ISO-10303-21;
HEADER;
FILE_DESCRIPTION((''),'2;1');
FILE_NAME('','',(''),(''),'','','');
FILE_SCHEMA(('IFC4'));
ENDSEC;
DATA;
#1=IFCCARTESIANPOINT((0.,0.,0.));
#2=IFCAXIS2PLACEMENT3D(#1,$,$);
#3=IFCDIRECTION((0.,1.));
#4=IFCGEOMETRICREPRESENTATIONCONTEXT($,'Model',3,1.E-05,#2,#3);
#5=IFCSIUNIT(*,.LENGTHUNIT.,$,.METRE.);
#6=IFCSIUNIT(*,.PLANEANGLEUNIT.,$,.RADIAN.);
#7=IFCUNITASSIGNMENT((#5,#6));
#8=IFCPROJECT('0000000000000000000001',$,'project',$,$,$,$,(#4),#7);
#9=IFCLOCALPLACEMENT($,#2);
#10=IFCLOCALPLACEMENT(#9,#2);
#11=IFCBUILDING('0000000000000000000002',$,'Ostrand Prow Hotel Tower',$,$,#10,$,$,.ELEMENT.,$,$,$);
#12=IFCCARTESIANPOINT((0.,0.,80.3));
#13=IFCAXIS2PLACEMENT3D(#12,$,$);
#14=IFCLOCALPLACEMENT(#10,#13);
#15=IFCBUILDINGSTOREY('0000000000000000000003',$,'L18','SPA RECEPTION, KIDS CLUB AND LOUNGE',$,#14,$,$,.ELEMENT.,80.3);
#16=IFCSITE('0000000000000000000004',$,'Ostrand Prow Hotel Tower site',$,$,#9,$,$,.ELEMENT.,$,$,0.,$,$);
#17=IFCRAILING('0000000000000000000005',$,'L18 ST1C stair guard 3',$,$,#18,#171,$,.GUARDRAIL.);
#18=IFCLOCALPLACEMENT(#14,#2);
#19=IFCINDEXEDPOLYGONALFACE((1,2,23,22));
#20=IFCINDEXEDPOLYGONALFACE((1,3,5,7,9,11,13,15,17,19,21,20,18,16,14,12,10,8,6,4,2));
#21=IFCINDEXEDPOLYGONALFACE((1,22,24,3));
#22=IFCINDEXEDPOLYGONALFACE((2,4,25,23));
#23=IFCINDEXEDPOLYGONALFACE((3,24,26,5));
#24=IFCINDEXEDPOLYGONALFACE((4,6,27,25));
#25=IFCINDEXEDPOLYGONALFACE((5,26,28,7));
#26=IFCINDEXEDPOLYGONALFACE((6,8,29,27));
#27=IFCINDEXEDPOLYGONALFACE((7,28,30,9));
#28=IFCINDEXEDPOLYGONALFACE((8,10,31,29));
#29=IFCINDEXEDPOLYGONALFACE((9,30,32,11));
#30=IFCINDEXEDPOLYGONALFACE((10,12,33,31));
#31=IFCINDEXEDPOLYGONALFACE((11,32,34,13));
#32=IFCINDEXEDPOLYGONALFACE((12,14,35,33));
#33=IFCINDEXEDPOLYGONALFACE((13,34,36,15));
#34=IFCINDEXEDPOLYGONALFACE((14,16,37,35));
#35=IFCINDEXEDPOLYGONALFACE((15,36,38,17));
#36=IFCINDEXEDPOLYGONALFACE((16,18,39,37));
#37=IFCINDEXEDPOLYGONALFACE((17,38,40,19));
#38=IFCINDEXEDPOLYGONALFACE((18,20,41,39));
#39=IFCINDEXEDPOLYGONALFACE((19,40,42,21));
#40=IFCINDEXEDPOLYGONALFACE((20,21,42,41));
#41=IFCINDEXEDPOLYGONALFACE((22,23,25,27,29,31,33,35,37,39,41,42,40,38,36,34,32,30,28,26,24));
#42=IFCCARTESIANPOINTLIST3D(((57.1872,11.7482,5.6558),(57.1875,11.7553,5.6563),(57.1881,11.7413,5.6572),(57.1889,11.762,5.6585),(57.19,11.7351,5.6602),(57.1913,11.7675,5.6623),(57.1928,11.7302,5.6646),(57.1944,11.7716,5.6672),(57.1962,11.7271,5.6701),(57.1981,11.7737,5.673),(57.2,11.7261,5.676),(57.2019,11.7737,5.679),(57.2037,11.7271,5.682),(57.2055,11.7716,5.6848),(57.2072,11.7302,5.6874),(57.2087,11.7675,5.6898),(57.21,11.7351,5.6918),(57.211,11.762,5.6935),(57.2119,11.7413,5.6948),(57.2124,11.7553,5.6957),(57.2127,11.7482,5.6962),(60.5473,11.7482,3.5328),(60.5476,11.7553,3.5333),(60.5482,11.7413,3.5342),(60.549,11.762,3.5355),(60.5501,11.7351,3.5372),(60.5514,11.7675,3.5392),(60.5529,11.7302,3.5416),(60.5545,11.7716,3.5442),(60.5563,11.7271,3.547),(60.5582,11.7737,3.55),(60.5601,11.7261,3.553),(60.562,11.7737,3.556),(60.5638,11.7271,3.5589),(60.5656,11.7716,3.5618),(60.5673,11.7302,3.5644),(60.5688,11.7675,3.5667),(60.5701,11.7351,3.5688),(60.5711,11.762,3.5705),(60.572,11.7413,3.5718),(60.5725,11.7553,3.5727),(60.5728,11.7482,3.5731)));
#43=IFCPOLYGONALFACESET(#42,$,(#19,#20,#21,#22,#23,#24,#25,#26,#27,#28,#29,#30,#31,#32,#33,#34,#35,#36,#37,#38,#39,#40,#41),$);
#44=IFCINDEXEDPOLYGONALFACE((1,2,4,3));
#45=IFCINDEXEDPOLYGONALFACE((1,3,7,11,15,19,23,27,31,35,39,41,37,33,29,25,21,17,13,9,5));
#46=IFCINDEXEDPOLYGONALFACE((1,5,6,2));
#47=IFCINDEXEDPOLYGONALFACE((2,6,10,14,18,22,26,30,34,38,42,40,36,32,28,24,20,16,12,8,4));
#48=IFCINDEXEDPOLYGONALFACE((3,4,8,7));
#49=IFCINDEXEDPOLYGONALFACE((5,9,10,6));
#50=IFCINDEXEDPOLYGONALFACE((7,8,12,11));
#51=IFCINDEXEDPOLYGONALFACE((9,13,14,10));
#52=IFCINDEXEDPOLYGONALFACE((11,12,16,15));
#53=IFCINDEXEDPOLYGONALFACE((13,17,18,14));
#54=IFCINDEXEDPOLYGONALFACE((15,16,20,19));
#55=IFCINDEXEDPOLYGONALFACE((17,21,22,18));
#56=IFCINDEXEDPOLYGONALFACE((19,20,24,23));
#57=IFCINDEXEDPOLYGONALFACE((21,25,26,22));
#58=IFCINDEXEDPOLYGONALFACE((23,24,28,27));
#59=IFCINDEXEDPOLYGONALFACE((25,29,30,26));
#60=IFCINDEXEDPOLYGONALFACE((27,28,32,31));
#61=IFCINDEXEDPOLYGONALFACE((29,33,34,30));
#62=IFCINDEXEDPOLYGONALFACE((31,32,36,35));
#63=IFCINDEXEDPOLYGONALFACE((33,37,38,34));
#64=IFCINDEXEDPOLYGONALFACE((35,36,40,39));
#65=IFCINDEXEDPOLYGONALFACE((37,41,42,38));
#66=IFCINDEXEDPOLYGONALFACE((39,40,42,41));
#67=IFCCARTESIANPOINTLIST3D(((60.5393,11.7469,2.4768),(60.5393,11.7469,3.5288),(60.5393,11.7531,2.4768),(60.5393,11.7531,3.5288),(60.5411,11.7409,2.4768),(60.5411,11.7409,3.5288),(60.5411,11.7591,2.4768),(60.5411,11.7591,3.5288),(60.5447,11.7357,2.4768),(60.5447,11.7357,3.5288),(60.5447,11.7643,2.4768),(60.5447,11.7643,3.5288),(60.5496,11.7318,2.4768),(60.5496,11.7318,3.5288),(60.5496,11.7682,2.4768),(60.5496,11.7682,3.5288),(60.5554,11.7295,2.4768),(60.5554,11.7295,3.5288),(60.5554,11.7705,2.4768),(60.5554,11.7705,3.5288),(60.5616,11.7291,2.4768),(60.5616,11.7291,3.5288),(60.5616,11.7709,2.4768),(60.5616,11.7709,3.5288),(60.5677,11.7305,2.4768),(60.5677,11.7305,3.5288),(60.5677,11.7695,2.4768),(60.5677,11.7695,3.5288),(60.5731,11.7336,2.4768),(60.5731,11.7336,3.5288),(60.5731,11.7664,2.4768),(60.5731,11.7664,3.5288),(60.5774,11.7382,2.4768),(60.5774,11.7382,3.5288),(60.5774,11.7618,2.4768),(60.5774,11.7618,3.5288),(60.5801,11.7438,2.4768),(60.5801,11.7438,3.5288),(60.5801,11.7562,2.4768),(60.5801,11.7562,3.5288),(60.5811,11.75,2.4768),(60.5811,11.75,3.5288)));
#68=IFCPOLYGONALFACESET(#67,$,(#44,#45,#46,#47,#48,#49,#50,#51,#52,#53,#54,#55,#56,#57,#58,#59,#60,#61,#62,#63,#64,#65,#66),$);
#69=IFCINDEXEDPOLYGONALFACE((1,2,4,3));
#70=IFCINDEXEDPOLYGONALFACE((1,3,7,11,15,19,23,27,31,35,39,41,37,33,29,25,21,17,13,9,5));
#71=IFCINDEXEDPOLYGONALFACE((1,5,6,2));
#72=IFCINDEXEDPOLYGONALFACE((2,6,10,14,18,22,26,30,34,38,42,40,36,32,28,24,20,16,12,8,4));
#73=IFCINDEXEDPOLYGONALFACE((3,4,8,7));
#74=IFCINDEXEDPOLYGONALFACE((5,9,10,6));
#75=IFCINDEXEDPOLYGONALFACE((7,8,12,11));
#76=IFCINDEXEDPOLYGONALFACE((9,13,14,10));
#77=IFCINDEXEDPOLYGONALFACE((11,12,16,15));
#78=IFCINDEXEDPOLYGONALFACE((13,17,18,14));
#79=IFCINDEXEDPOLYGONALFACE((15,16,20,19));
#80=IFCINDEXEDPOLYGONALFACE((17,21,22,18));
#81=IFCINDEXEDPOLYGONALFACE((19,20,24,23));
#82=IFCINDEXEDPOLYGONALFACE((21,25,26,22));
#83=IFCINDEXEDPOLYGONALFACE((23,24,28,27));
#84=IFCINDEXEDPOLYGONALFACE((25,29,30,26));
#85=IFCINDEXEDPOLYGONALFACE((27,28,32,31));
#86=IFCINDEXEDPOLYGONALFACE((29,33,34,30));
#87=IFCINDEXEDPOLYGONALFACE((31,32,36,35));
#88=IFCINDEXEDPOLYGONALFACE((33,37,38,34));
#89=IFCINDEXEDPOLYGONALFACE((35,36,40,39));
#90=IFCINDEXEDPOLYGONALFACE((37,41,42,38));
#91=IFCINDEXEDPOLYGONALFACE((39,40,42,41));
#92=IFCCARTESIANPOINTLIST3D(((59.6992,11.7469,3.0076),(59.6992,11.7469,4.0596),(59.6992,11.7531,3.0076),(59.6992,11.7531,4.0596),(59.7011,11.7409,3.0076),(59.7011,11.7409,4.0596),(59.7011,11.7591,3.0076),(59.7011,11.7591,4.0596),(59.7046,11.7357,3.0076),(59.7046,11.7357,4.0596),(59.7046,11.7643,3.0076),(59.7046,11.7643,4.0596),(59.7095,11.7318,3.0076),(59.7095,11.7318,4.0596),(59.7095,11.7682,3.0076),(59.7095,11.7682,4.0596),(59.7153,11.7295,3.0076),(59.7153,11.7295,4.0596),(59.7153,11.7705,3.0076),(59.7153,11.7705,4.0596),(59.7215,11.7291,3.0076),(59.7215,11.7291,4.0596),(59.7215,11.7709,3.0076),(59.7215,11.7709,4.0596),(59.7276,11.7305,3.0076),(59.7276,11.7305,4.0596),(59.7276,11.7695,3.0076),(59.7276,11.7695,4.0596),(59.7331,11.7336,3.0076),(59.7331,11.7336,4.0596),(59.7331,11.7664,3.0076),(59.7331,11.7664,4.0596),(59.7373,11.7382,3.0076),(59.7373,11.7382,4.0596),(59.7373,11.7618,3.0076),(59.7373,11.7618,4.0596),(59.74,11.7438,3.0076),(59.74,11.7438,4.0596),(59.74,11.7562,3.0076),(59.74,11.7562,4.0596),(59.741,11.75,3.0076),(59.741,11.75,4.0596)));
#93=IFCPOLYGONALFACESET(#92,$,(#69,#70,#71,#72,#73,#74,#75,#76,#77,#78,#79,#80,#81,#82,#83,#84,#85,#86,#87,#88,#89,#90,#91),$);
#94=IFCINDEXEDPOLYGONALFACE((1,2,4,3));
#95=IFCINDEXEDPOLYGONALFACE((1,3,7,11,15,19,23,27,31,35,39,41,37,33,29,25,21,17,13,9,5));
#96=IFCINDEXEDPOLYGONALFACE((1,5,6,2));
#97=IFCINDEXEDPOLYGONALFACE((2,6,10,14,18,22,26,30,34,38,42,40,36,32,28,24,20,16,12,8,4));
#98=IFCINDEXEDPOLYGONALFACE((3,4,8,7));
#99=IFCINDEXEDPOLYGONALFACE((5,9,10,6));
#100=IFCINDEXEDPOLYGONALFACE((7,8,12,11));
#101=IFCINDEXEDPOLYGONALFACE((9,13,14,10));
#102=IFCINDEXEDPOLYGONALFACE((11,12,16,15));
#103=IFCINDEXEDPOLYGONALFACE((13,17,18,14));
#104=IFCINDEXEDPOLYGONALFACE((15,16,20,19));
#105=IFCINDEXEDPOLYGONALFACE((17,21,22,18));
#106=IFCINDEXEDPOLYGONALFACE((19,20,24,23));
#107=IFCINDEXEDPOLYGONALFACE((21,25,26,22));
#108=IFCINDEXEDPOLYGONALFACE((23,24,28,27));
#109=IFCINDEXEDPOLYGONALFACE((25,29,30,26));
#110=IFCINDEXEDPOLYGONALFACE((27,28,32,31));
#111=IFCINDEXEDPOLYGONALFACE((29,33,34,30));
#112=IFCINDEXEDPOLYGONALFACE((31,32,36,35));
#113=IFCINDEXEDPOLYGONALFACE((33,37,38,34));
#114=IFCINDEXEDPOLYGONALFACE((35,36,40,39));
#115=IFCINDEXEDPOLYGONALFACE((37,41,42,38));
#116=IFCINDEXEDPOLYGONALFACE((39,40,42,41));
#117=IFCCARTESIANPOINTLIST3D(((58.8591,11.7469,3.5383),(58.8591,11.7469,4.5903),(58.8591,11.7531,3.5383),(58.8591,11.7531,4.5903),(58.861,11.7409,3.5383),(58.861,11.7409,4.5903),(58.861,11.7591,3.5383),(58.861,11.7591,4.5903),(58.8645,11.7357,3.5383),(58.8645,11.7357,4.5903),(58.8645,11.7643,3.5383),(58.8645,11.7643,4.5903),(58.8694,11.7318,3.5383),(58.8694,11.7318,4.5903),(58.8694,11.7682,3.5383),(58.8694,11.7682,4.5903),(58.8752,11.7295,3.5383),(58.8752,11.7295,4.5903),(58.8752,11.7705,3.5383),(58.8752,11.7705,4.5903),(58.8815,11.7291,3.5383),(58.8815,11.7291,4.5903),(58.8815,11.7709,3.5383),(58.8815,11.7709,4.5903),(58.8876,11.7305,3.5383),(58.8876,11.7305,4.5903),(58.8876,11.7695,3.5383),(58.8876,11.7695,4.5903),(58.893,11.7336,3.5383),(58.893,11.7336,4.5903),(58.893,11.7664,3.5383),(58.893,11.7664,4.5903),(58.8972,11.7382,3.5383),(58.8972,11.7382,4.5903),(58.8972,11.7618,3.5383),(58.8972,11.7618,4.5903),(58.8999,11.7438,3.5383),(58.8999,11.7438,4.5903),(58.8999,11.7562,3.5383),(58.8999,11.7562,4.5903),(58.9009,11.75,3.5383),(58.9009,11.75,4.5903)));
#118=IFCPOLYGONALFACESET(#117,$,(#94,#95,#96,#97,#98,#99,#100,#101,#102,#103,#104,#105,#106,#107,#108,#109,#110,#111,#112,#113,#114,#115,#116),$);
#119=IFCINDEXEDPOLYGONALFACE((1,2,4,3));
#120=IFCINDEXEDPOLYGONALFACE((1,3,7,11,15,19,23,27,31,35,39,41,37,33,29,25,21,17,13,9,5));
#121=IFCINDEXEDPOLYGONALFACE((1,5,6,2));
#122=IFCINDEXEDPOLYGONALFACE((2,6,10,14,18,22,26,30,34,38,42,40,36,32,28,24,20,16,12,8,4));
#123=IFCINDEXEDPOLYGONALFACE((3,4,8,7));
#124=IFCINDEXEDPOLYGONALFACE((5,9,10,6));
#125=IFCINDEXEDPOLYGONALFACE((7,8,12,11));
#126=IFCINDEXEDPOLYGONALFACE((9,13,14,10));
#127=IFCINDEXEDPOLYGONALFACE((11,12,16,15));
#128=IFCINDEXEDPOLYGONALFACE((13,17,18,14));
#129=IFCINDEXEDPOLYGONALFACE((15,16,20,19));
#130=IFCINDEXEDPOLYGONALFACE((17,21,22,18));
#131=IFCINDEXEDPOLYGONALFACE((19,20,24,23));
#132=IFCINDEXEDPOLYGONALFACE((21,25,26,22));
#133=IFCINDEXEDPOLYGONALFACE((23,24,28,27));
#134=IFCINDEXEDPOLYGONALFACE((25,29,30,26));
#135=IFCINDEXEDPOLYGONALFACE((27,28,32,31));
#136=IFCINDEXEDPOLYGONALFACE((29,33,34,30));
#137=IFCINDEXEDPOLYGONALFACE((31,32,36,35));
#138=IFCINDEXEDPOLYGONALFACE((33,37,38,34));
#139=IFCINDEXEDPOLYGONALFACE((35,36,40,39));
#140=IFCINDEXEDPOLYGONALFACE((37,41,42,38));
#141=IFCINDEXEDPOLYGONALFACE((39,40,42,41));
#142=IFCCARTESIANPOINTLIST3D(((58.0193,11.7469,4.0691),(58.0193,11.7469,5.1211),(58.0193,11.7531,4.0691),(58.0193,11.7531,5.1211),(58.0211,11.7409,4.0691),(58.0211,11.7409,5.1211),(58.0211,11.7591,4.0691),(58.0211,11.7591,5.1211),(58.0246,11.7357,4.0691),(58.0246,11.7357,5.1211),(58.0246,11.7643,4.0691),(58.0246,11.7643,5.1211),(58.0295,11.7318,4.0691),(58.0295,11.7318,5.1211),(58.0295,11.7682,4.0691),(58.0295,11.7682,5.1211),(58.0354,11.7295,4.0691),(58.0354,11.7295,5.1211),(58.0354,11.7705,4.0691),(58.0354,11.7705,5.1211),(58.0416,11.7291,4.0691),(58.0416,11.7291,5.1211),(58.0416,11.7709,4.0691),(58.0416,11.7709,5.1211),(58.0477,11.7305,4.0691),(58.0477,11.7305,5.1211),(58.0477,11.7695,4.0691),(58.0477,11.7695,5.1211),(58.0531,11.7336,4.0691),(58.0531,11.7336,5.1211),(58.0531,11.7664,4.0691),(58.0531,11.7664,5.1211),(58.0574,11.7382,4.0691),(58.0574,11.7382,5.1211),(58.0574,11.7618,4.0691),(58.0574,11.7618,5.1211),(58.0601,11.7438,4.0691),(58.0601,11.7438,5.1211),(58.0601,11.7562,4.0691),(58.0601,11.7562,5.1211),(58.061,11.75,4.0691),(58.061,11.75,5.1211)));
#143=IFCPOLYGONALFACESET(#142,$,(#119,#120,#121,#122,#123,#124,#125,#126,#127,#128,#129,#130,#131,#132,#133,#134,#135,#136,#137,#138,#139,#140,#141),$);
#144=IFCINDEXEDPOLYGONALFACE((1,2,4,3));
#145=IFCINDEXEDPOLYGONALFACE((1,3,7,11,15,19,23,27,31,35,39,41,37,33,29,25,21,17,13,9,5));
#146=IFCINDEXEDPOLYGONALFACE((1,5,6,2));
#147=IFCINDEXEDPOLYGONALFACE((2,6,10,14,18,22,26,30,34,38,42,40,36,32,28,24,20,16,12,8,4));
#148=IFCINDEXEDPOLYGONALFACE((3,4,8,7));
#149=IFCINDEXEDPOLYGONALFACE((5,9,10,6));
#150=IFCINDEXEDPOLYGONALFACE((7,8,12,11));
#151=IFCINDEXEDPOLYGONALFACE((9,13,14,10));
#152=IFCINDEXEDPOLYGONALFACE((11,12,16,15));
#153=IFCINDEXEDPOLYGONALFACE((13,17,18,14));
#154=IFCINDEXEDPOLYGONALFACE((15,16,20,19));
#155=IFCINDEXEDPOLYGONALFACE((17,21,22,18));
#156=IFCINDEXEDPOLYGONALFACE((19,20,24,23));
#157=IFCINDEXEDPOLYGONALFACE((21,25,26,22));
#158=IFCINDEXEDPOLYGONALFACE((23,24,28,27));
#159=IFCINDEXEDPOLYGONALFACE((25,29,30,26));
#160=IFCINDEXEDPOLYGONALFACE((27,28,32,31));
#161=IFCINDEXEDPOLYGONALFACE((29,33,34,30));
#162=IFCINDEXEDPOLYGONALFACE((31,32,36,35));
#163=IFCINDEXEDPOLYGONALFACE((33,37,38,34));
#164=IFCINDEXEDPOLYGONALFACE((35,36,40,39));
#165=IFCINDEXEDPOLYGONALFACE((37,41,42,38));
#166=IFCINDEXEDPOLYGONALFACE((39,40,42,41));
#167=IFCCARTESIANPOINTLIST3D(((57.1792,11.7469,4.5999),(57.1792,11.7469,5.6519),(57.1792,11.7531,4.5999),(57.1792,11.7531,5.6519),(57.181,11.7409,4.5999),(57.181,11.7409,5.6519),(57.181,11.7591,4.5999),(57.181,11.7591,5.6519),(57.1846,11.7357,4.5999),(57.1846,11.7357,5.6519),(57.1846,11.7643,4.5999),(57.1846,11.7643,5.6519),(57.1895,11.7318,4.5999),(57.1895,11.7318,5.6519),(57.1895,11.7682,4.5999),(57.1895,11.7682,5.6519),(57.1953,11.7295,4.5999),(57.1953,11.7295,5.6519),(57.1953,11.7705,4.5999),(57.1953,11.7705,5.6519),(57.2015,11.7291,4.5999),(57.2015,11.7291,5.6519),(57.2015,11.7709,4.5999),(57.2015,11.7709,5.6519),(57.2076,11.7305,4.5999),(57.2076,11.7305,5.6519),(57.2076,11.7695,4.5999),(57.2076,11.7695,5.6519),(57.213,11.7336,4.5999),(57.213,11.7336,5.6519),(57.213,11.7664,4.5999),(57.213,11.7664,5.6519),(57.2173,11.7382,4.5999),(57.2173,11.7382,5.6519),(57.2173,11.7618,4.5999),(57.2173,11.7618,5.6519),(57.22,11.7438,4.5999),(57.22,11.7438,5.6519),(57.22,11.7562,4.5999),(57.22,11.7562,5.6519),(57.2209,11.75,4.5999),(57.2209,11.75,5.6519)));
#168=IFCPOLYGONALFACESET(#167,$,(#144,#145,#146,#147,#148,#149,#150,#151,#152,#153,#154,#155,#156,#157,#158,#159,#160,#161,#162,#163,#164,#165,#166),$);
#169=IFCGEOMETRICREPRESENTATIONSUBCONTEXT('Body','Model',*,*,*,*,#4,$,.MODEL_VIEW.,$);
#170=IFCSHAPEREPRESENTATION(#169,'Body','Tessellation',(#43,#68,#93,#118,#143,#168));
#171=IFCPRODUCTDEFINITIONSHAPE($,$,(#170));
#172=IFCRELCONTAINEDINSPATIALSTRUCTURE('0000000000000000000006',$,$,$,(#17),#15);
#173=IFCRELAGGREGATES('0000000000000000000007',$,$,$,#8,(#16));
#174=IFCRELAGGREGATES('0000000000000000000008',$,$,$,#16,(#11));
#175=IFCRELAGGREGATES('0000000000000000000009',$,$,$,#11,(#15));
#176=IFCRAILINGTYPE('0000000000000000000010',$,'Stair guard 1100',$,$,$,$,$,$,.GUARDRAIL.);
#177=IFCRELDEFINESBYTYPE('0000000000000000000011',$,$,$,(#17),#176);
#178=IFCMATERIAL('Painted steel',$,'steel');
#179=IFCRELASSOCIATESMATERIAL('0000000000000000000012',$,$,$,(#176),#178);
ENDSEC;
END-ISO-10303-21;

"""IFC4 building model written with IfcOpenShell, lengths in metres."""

from ifc_helpers import new_model, si_unit, direction, frame, origin, origin_2d, place, context, subcontext, project, spatial, circle, extrude, material, type_object, element, save


model = new_model("IFC4")

# Units and contexts
model_context = context("Model", 3, precision=1e-05, world=origin(), true_north=direction((0.0, 1.0)))
body_context = subcontext(model_context, "Body", "Model", "MODEL_VIEW")
ifc_project = project(units=[si_unit("LENGTHUNIT", "METRE"), si_unit("PLANEANGLEUNIT", "RADIAN")], contexts=[model_context])

# Site, building, storey
site_placement = place(None, origin())
site = spatial("IfcSite", under=ifc_project, at=site_placement, Name="Ostrand Prow Hotel Tower site", CompositionType="ELEMENT", RefElevation=0.0)
building_placement = place(site_placement, origin())
building = spatial("IfcBuilding", under=site, at=building_placement, Name="Ostrand Prow Hotel Tower", CompositionType="ELEMENT")
storey_placement = place(building_placement, frame((0.0, 0.0, 80.3)))
storey = spatial("IfcBuildingStorey", under=building, at=storey_placement, Name="L18", Description="SPA RECEPTION, KIDS CLUB AND LOUNGE", CompositionType="ELEMENT", Elevation=80.3)

# Railing
ifc_material_1 = material(Name="Painted steel", Category="steel")
railing_type_1 = type_object("IfcRailingType", Name="Stair guard 1100", PredefinedType="GUARDRAIL", material=ifc_material_1)
railing_1_placement = place(storey_placement, frame((60.5601, 11.75, 2.4768)))
element("IfcRailing", 1, at=railing_1_placement, inside=storey, type_object=railing_type_1, Name="L18 ST1C stair guard 3", PredefinedType="GUARDRAIL", context=body_context, shape_type="SweptSolid", body=[
    extrude(circle(Radius=0.0239, at=origin_2d()), frame((0.0, 0.0, 1.0762), z_axis=(-0.84539, 0.0, 0.53415), x_axis=(0.0, -1.0, 0.0)), (0.0, 0.0, 1.0), 3.9746),
    extrude(circle(Radius=0.021, at=origin_2d()), origin(), (0.0, 0.0, 1.0), 1.052),
    extrude(circle(Radius=0.021, at=origin_2d()), frame((-0.8401, 0.0, 0.5308)), (0.0, 0.0, 1.0), 1.052),
    extrude(circle(Radius=0.021, at=origin_2d()), frame((-1.6802, 0.0, 1.0615)), (0.0, 0.0, 1.0), 1.052),
    extrude(circle(Radius=0.021, at=origin_2d()), frame((-2.52, 0.0, 1.5923)), (0.0, 0.0, 1.0), 1.052),
    extrude(circle(Radius=0.021, at=origin_2d()), frame((-3.3601, 0.0, 2.123)), (0.0, 0.0, 1.0), 1.052),
])

save(model, "model.ifc")
